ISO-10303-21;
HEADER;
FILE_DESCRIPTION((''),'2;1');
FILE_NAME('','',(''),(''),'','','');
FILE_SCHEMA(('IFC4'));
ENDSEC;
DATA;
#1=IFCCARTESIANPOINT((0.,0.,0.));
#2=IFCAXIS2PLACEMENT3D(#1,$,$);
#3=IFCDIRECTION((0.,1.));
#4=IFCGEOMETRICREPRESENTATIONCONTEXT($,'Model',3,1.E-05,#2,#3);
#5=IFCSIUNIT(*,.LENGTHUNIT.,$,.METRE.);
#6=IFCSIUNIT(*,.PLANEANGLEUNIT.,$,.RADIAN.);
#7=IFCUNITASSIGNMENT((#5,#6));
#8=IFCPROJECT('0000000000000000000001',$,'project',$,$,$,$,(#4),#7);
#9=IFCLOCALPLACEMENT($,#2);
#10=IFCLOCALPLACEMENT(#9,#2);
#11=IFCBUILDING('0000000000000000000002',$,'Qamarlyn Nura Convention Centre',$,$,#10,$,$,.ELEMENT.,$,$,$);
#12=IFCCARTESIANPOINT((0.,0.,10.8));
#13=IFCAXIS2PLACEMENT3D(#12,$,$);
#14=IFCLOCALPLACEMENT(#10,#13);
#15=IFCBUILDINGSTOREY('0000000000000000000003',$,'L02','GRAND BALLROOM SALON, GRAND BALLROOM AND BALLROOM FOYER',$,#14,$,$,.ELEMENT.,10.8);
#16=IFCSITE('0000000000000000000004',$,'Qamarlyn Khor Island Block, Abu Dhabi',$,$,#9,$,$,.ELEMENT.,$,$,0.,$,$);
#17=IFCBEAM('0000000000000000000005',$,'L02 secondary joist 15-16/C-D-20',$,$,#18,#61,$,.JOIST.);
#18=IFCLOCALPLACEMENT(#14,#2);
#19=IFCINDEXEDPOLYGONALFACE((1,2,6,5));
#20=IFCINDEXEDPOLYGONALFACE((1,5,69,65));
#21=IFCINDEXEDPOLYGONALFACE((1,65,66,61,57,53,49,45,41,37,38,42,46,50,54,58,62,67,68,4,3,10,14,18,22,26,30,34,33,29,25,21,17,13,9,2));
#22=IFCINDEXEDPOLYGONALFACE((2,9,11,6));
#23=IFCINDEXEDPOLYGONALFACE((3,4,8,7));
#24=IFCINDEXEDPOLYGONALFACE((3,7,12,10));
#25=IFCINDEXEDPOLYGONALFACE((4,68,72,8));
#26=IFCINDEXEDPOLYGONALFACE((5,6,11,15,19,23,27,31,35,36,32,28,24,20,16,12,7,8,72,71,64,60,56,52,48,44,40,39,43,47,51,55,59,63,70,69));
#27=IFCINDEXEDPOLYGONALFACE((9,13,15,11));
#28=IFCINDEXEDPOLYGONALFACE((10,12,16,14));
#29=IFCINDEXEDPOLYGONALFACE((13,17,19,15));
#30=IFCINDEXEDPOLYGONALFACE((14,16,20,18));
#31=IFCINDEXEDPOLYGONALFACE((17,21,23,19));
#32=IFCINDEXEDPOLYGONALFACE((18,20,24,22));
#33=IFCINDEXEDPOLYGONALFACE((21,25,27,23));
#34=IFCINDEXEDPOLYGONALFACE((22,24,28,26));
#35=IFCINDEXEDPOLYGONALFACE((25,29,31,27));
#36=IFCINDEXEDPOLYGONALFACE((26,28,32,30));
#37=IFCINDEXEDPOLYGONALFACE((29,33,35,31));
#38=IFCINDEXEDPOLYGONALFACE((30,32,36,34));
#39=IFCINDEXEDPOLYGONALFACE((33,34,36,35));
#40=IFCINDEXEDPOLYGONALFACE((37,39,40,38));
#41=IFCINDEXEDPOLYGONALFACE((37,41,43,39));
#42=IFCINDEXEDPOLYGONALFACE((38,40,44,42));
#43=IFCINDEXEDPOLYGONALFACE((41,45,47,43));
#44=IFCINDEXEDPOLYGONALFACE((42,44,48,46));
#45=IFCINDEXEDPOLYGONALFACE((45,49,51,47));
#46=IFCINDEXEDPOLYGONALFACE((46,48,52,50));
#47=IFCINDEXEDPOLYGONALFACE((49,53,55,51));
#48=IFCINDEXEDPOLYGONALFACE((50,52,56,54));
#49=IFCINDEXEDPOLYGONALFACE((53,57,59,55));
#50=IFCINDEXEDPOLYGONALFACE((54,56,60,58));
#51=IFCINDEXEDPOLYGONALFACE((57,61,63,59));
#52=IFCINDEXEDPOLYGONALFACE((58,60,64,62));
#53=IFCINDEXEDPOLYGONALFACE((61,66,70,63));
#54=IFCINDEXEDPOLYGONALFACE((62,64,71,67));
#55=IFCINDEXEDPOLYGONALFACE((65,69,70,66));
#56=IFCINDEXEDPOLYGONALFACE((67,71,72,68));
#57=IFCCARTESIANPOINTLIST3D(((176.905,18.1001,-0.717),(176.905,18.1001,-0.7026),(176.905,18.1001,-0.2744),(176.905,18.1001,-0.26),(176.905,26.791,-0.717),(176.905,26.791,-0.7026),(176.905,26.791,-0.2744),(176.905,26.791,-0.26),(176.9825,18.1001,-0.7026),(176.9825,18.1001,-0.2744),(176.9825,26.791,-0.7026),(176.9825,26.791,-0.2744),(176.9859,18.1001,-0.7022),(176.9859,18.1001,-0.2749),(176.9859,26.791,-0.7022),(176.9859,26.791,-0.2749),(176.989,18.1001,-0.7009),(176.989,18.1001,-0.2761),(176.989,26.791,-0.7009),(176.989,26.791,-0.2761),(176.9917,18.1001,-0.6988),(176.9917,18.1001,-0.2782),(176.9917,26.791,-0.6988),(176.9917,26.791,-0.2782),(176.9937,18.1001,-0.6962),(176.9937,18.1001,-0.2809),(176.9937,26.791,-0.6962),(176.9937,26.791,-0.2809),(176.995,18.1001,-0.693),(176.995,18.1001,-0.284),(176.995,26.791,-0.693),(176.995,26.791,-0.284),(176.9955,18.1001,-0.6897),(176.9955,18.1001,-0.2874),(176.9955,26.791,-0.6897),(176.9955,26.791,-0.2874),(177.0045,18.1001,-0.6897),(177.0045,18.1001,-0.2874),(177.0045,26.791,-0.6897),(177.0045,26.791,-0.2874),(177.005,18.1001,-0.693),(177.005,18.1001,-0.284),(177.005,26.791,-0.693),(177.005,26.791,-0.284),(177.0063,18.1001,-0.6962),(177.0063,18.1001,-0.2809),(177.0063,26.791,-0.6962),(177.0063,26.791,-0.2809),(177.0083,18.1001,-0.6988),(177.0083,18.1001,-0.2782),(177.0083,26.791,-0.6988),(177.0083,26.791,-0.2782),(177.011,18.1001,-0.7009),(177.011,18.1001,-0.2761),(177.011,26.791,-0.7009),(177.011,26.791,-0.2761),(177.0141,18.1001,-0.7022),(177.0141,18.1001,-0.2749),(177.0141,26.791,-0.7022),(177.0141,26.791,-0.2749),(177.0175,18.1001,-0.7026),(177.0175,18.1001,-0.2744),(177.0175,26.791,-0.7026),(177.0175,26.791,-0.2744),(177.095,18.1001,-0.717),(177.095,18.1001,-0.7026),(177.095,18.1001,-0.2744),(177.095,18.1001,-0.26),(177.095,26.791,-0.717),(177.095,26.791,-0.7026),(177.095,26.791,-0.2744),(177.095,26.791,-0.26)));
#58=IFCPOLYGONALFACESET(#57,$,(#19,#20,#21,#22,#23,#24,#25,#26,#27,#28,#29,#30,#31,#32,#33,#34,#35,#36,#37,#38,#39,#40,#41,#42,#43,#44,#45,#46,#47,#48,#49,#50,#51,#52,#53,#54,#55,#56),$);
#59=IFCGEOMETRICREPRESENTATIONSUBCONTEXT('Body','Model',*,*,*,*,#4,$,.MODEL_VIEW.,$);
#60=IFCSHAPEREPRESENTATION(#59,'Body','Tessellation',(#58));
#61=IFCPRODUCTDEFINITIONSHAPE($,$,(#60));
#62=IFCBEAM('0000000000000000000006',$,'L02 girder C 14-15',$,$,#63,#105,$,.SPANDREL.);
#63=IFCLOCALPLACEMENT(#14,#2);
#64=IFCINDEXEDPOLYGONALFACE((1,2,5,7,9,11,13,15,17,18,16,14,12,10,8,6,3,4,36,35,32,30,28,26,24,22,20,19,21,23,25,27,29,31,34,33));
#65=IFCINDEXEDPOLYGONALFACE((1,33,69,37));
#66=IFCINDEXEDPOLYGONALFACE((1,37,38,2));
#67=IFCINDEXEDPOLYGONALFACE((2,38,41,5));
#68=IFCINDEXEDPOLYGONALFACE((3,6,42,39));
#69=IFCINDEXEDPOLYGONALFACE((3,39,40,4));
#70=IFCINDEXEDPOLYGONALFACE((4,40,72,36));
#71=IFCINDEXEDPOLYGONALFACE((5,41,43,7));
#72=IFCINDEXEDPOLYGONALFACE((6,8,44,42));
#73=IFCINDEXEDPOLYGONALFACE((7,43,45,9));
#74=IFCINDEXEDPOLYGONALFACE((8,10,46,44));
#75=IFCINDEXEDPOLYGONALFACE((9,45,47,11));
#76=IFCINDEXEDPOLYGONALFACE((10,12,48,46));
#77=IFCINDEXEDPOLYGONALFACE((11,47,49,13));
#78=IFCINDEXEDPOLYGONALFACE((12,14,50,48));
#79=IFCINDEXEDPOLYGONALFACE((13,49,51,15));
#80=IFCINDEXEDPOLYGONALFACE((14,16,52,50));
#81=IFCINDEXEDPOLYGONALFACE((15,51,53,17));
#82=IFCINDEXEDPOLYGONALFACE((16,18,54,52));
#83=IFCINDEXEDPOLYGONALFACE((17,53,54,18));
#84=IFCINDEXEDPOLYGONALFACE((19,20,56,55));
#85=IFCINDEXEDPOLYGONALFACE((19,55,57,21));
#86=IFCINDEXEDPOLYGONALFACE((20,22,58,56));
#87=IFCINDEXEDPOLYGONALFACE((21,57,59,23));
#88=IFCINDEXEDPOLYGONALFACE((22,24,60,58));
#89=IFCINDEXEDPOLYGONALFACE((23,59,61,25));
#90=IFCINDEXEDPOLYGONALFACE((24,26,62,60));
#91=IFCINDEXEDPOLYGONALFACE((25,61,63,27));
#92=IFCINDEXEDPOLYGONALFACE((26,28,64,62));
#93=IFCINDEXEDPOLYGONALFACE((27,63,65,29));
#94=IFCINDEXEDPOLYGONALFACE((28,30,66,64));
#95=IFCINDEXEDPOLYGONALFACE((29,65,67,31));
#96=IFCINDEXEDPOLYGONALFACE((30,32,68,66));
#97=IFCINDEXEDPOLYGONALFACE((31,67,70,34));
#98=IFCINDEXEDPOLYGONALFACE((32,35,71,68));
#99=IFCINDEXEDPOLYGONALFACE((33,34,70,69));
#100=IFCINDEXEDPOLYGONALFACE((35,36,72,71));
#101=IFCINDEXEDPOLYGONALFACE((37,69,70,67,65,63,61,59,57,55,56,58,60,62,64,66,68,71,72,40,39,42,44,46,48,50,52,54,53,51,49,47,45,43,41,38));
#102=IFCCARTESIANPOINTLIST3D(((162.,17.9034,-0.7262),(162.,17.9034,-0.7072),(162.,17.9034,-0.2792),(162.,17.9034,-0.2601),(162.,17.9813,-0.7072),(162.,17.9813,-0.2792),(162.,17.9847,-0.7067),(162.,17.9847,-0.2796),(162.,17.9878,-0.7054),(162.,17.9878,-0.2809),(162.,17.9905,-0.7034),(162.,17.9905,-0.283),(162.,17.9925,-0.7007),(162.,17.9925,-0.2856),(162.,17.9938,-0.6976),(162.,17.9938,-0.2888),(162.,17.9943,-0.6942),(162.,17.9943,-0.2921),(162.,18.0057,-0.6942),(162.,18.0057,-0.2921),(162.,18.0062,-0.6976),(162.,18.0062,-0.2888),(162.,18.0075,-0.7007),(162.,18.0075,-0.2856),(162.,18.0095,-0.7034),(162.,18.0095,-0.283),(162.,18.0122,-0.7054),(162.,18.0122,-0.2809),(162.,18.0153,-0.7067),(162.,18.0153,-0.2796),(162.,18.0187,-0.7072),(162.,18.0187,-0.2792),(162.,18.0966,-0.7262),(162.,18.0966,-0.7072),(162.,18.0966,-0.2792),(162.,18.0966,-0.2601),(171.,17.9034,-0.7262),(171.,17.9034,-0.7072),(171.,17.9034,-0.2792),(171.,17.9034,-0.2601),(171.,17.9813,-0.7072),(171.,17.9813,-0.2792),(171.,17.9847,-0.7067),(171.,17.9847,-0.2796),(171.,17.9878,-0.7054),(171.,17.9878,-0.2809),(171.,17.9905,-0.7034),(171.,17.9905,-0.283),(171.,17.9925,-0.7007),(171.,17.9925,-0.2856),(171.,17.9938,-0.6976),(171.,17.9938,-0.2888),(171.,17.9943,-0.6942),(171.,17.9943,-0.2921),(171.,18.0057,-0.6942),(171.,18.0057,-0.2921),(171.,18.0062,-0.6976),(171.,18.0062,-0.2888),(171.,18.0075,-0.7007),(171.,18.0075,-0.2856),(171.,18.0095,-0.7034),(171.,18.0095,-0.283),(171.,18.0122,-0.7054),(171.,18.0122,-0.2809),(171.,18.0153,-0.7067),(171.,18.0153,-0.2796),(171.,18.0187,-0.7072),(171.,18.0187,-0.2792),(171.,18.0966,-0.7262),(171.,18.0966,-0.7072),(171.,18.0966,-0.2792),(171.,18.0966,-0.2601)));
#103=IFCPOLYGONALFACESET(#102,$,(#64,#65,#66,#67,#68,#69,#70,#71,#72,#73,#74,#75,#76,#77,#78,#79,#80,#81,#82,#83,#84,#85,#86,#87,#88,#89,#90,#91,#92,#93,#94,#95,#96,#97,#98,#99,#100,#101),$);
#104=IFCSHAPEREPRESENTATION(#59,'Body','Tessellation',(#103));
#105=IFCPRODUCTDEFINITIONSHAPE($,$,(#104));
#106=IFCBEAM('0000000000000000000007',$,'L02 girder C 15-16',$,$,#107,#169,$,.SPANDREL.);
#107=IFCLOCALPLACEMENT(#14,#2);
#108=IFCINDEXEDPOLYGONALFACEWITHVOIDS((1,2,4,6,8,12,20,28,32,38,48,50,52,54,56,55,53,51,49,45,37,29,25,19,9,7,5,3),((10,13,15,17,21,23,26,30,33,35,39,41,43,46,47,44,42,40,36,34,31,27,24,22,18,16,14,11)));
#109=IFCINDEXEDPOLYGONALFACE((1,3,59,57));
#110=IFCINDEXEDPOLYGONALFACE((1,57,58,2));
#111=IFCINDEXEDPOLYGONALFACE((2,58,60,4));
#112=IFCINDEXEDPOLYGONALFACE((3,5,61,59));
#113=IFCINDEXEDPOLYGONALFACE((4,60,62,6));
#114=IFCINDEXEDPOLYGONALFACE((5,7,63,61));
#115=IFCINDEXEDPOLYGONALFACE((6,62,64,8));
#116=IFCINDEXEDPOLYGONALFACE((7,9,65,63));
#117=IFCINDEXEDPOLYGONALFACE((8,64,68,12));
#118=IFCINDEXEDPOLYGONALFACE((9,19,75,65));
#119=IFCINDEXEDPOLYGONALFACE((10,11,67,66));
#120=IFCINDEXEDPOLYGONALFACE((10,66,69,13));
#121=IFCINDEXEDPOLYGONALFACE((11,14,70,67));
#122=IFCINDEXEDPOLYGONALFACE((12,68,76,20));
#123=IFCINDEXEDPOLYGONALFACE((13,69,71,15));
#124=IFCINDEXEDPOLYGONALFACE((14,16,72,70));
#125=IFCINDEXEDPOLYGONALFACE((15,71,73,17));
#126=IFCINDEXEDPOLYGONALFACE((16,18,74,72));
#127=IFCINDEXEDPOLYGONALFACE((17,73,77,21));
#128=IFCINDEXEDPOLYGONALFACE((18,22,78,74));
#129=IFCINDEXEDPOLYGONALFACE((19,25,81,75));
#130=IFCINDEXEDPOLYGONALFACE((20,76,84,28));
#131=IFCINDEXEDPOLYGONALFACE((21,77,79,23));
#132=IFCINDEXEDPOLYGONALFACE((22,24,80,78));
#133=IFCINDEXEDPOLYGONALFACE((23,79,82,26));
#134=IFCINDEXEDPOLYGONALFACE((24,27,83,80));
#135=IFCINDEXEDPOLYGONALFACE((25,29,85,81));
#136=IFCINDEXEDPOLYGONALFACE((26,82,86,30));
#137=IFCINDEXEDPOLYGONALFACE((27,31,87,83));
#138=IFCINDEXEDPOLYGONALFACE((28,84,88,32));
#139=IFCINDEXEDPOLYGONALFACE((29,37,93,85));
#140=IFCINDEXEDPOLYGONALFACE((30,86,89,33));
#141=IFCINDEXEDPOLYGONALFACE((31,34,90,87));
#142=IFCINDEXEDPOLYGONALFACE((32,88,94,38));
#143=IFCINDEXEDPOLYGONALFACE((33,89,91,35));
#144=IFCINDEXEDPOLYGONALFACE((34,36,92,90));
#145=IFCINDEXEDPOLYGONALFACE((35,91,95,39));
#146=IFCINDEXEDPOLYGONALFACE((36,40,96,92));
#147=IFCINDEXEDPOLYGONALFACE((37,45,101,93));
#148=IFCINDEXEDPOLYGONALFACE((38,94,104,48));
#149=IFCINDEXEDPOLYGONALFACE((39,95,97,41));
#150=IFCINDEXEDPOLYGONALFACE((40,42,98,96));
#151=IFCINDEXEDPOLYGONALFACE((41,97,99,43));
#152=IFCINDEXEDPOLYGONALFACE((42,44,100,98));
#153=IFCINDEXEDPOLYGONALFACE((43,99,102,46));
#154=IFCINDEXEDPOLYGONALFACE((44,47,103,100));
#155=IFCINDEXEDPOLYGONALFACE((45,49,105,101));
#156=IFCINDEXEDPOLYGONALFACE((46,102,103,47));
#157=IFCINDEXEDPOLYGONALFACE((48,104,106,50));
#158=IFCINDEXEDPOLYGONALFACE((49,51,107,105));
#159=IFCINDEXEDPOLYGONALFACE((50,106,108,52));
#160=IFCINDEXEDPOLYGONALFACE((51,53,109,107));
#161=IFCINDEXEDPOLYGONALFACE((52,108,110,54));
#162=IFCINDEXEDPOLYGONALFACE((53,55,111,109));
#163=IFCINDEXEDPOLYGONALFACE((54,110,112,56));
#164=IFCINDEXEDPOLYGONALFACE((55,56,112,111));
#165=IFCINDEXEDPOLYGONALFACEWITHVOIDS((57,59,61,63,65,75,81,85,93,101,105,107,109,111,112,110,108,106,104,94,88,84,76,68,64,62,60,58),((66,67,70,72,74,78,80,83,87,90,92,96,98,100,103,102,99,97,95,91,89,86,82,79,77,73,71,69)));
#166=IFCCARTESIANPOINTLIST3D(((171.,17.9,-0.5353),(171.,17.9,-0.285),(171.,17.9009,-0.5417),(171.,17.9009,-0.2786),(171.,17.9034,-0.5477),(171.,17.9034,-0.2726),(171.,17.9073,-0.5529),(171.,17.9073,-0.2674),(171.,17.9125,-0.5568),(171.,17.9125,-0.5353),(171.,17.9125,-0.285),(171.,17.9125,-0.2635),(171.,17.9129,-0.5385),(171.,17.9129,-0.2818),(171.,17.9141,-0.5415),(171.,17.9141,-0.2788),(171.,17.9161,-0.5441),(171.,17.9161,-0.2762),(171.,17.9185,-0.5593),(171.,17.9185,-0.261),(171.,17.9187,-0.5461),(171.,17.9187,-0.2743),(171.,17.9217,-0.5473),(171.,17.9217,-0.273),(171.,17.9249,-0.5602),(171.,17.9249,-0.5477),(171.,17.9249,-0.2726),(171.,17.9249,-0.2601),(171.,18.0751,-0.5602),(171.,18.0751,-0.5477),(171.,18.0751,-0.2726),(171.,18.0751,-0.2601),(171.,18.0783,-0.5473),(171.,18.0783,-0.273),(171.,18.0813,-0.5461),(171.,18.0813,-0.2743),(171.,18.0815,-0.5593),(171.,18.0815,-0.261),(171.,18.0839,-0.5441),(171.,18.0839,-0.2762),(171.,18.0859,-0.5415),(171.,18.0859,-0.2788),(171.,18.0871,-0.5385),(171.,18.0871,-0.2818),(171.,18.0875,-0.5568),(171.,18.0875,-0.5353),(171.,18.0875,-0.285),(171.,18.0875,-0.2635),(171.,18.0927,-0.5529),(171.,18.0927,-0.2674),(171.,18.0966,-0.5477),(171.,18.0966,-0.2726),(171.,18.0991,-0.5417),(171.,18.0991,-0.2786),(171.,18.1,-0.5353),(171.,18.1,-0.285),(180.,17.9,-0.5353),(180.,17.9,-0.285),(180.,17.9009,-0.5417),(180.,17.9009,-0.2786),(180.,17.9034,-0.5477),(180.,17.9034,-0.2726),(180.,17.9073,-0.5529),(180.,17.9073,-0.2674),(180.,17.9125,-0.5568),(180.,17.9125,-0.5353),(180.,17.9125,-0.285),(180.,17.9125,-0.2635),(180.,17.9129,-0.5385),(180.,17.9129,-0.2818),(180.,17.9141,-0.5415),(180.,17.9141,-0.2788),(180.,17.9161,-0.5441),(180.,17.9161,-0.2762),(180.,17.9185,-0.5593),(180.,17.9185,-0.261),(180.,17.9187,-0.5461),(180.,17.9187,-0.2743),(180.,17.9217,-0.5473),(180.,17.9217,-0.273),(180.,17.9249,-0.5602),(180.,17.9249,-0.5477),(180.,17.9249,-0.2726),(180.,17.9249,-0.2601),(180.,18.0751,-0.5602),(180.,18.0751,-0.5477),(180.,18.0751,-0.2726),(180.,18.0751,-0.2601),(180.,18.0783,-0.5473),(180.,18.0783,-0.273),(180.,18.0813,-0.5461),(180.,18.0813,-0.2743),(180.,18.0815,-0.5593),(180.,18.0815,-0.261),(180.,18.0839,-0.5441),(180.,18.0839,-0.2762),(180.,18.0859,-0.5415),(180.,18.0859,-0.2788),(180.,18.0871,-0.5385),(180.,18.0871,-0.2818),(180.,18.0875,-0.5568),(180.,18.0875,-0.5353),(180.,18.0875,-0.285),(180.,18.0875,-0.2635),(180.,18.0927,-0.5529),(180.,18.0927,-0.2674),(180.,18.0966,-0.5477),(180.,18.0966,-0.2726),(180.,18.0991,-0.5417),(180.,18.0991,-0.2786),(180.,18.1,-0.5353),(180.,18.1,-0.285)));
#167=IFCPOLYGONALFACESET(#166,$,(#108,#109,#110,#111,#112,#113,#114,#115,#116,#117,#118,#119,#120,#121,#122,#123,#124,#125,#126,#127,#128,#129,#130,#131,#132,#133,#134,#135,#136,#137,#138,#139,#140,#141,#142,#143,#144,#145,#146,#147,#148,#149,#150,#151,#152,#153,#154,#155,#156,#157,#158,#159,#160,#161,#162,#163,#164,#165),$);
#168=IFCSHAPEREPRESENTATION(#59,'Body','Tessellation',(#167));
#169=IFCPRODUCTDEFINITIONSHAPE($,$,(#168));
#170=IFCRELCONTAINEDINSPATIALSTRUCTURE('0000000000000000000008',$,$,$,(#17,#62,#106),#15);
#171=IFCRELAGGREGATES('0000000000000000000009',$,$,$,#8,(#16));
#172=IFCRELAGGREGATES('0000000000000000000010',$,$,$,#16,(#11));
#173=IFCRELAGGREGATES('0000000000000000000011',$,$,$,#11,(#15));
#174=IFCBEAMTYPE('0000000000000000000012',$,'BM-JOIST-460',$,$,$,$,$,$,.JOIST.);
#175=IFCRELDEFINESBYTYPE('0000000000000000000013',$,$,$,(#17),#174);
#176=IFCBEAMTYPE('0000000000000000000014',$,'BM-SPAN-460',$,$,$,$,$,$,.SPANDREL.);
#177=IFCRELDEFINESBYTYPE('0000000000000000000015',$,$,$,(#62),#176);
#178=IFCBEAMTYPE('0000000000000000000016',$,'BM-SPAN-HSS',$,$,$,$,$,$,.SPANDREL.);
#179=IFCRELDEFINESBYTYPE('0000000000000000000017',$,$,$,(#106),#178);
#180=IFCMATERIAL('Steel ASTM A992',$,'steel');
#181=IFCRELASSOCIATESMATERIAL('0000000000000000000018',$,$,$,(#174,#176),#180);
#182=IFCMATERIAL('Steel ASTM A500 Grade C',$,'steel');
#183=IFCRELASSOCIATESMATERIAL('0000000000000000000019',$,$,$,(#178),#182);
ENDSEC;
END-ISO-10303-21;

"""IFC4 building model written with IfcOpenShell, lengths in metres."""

from ifc_helpers import new_model, si_unit, direction, frame, origin, origin_2d, place, context, subcontext, project, spatial, hollow_rectangle, i_section, extrude, material, material_profile, profile_set, type_object, element, save


model = new_model("IFC4")

# Units and contexts
model_context = context("Model", 3, precision=1e-05, world=origin(), true_north=direction((0.0, 1.0)))
body_context = subcontext(model_context, "Body", "Model", "MODEL_VIEW")
ifc_project = project(units=[si_unit("LENGTHUNIT", "METRE"), si_unit("PLANEANGLEUNIT", "RADIAN")], contexts=[model_context])

# Site, building, storey
site_placement = place(None, origin())
site = spatial("IfcSite", under=ifc_project, at=site_placement, Name="Qamarlyn Khor Island Block, Abu Dhabi", CompositionType="ELEMENT", RefElevation=0.0)
building_placement = place(site_placement, origin())
building = spatial("IfcBuilding", under=site, at=building_placement, Name="Qamarlyn Nura Convention Centre", CompositionType="ELEMENT")
storey_placement = place(building_placement, frame((0.0, 0.0, 10.8)))
storey = spatial("IfcBuildingStorey", under=building, at=storey_placement, Name="L02", Description="GRAND BALLROOM SALON, GRAND BALLROOM AND BALLROOM FOYER", CompositionType="ELEMENT", Elevation=10.8)

# Shared definitions
ifc_material_1 = material(Name="Steel ASTM A992", Category="steel")

# Beams
ifc_material_profile_1 = material_profile(ifc_material_1, i_section(OverallWidth=0.1899, OverallDepth=0.457, WebThickness=0.009, FlangeThickness=0.0144, FilletRadius=0.0129, at=origin_2d()), Name="W460X74")
ifc_profile_set_1 = profile_set([ifc_material_profile_1], Name="Steel ASTM A992")
beam_type_1 = type_object("IfcBeamType", Name="BM-JOIST-460", PredefinedType="JOIST", material=ifc_profile_set_1)
for number, where, z_axis, x_axis, name in (
    (1, (177.0, 18.1001, -0.4885), (0.0, 1.0, 0.0), (-1.0, 0.0, 0.0), "L02 secondary joist 15-16/C-D-20"),
):
    element("IfcBeam", number, at=place(storey_placement, frame(where, z_axis=z_axis, x_axis=x_axis)), inside=storey, type_object=beam_type_1, Name=name, PredefinedType="JOIST", context=body_context, shape_type="SweptSolid", body=[
        extrude(i_section(OverallWidth=0.1899, OverallDepth=0.457, WebThickness=0.009, FlangeThickness=0.0144, FilletRadius=0.0129, at=origin_2d()), origin(), (0.0, 0.0, 1.0), 8.6909),
    ])
ifc_material_profile_2 = material_profile(ifc_material_1, i_section(OverallWidth=0.1931, OverallDepth=0.4661, WebThickness=0.0115, FlangeThickness=0.019, FilletRadius=0.0129, at=origin_2d()), Name="W460X97")
ifc_profile_set_2 = profile_set([ifc_material_profile_2], Name="Steel ASTM A992")
beam_type_2 = type_object("IfcBeamType", Name="BM-SPAN-460", PredefinedType="SPANDREL", material=ifc_profile_set_2)
beam_1_placement = place(storey_placement, frame((162.0, 18.0, -0.4932), z_axis=(1.0, 0.0, 0.0), x_axis=(0.0, 1.0, 0.0)))
element("IfcBeam", 2, at=beam_1_placement, inside=storey, type_object=beam_type_2, Name="L02 girder C 14-15", PredefinedType="SPANDREL", context=body_context, shape_type="SweptSolid", body=[
    extrude(i_section(OverallWidth=0.1931, OverallDepth=0.4661, WebThickness=0.0115, FlangeThickness=0.019, FilletRadius=0.0129, at=origin_2d()), origin(), (0.0, 0.0, 1.0), 9.0),
])
ifc_material_2 = material(Name="Steel ASTM A500 Grade C", Category="steel")
ifc_material_profile_3 = material_profile(ifc_material_2, hollow_rectangle(XDim=0.2, YDim=0.3, WallThickness=0.0125, InnerFilletRadius=0.0125, OuterFilletRadius=0.0249, at=origin_2d()), Name="HSS300X200X12.5")
ifc_profile_set_3 = profile_set([ifc_material_profile_3], Name="Steel ASTM A500 Grade C")
beam_type_3 = type_object("IfcBeamType", Name="BM-SPAN-HSS", PredefinedType="SPANDREL", material=ifc_profile_set_3)
beam_2_placement = place(storey_placement, frame((171.0, 18.0, -0.4102), z_axis=(1.0, 0.0, 0.0), x_axis=(0.0, 1.0, 0.0)))
element("IfcBeam", 3, at=beam_2_placement, inside=storey, type_object=beam_type_3, Name="L02 girder C 15-16", PredefinedType="SPANDREL", context=body_context, shape_type="SweptSolid", body=[
    extrude(hollow_rectangle(XDim=0.2, YDim=0.3, WallThickness=0.0125, InnerFilletRadius=0.0125, OuterFilletRadius=0.0249, at=origin_2d()), origin(), (0.0, 0.0, 1.0), 9.0),
])

save(model, "model.ifc")
